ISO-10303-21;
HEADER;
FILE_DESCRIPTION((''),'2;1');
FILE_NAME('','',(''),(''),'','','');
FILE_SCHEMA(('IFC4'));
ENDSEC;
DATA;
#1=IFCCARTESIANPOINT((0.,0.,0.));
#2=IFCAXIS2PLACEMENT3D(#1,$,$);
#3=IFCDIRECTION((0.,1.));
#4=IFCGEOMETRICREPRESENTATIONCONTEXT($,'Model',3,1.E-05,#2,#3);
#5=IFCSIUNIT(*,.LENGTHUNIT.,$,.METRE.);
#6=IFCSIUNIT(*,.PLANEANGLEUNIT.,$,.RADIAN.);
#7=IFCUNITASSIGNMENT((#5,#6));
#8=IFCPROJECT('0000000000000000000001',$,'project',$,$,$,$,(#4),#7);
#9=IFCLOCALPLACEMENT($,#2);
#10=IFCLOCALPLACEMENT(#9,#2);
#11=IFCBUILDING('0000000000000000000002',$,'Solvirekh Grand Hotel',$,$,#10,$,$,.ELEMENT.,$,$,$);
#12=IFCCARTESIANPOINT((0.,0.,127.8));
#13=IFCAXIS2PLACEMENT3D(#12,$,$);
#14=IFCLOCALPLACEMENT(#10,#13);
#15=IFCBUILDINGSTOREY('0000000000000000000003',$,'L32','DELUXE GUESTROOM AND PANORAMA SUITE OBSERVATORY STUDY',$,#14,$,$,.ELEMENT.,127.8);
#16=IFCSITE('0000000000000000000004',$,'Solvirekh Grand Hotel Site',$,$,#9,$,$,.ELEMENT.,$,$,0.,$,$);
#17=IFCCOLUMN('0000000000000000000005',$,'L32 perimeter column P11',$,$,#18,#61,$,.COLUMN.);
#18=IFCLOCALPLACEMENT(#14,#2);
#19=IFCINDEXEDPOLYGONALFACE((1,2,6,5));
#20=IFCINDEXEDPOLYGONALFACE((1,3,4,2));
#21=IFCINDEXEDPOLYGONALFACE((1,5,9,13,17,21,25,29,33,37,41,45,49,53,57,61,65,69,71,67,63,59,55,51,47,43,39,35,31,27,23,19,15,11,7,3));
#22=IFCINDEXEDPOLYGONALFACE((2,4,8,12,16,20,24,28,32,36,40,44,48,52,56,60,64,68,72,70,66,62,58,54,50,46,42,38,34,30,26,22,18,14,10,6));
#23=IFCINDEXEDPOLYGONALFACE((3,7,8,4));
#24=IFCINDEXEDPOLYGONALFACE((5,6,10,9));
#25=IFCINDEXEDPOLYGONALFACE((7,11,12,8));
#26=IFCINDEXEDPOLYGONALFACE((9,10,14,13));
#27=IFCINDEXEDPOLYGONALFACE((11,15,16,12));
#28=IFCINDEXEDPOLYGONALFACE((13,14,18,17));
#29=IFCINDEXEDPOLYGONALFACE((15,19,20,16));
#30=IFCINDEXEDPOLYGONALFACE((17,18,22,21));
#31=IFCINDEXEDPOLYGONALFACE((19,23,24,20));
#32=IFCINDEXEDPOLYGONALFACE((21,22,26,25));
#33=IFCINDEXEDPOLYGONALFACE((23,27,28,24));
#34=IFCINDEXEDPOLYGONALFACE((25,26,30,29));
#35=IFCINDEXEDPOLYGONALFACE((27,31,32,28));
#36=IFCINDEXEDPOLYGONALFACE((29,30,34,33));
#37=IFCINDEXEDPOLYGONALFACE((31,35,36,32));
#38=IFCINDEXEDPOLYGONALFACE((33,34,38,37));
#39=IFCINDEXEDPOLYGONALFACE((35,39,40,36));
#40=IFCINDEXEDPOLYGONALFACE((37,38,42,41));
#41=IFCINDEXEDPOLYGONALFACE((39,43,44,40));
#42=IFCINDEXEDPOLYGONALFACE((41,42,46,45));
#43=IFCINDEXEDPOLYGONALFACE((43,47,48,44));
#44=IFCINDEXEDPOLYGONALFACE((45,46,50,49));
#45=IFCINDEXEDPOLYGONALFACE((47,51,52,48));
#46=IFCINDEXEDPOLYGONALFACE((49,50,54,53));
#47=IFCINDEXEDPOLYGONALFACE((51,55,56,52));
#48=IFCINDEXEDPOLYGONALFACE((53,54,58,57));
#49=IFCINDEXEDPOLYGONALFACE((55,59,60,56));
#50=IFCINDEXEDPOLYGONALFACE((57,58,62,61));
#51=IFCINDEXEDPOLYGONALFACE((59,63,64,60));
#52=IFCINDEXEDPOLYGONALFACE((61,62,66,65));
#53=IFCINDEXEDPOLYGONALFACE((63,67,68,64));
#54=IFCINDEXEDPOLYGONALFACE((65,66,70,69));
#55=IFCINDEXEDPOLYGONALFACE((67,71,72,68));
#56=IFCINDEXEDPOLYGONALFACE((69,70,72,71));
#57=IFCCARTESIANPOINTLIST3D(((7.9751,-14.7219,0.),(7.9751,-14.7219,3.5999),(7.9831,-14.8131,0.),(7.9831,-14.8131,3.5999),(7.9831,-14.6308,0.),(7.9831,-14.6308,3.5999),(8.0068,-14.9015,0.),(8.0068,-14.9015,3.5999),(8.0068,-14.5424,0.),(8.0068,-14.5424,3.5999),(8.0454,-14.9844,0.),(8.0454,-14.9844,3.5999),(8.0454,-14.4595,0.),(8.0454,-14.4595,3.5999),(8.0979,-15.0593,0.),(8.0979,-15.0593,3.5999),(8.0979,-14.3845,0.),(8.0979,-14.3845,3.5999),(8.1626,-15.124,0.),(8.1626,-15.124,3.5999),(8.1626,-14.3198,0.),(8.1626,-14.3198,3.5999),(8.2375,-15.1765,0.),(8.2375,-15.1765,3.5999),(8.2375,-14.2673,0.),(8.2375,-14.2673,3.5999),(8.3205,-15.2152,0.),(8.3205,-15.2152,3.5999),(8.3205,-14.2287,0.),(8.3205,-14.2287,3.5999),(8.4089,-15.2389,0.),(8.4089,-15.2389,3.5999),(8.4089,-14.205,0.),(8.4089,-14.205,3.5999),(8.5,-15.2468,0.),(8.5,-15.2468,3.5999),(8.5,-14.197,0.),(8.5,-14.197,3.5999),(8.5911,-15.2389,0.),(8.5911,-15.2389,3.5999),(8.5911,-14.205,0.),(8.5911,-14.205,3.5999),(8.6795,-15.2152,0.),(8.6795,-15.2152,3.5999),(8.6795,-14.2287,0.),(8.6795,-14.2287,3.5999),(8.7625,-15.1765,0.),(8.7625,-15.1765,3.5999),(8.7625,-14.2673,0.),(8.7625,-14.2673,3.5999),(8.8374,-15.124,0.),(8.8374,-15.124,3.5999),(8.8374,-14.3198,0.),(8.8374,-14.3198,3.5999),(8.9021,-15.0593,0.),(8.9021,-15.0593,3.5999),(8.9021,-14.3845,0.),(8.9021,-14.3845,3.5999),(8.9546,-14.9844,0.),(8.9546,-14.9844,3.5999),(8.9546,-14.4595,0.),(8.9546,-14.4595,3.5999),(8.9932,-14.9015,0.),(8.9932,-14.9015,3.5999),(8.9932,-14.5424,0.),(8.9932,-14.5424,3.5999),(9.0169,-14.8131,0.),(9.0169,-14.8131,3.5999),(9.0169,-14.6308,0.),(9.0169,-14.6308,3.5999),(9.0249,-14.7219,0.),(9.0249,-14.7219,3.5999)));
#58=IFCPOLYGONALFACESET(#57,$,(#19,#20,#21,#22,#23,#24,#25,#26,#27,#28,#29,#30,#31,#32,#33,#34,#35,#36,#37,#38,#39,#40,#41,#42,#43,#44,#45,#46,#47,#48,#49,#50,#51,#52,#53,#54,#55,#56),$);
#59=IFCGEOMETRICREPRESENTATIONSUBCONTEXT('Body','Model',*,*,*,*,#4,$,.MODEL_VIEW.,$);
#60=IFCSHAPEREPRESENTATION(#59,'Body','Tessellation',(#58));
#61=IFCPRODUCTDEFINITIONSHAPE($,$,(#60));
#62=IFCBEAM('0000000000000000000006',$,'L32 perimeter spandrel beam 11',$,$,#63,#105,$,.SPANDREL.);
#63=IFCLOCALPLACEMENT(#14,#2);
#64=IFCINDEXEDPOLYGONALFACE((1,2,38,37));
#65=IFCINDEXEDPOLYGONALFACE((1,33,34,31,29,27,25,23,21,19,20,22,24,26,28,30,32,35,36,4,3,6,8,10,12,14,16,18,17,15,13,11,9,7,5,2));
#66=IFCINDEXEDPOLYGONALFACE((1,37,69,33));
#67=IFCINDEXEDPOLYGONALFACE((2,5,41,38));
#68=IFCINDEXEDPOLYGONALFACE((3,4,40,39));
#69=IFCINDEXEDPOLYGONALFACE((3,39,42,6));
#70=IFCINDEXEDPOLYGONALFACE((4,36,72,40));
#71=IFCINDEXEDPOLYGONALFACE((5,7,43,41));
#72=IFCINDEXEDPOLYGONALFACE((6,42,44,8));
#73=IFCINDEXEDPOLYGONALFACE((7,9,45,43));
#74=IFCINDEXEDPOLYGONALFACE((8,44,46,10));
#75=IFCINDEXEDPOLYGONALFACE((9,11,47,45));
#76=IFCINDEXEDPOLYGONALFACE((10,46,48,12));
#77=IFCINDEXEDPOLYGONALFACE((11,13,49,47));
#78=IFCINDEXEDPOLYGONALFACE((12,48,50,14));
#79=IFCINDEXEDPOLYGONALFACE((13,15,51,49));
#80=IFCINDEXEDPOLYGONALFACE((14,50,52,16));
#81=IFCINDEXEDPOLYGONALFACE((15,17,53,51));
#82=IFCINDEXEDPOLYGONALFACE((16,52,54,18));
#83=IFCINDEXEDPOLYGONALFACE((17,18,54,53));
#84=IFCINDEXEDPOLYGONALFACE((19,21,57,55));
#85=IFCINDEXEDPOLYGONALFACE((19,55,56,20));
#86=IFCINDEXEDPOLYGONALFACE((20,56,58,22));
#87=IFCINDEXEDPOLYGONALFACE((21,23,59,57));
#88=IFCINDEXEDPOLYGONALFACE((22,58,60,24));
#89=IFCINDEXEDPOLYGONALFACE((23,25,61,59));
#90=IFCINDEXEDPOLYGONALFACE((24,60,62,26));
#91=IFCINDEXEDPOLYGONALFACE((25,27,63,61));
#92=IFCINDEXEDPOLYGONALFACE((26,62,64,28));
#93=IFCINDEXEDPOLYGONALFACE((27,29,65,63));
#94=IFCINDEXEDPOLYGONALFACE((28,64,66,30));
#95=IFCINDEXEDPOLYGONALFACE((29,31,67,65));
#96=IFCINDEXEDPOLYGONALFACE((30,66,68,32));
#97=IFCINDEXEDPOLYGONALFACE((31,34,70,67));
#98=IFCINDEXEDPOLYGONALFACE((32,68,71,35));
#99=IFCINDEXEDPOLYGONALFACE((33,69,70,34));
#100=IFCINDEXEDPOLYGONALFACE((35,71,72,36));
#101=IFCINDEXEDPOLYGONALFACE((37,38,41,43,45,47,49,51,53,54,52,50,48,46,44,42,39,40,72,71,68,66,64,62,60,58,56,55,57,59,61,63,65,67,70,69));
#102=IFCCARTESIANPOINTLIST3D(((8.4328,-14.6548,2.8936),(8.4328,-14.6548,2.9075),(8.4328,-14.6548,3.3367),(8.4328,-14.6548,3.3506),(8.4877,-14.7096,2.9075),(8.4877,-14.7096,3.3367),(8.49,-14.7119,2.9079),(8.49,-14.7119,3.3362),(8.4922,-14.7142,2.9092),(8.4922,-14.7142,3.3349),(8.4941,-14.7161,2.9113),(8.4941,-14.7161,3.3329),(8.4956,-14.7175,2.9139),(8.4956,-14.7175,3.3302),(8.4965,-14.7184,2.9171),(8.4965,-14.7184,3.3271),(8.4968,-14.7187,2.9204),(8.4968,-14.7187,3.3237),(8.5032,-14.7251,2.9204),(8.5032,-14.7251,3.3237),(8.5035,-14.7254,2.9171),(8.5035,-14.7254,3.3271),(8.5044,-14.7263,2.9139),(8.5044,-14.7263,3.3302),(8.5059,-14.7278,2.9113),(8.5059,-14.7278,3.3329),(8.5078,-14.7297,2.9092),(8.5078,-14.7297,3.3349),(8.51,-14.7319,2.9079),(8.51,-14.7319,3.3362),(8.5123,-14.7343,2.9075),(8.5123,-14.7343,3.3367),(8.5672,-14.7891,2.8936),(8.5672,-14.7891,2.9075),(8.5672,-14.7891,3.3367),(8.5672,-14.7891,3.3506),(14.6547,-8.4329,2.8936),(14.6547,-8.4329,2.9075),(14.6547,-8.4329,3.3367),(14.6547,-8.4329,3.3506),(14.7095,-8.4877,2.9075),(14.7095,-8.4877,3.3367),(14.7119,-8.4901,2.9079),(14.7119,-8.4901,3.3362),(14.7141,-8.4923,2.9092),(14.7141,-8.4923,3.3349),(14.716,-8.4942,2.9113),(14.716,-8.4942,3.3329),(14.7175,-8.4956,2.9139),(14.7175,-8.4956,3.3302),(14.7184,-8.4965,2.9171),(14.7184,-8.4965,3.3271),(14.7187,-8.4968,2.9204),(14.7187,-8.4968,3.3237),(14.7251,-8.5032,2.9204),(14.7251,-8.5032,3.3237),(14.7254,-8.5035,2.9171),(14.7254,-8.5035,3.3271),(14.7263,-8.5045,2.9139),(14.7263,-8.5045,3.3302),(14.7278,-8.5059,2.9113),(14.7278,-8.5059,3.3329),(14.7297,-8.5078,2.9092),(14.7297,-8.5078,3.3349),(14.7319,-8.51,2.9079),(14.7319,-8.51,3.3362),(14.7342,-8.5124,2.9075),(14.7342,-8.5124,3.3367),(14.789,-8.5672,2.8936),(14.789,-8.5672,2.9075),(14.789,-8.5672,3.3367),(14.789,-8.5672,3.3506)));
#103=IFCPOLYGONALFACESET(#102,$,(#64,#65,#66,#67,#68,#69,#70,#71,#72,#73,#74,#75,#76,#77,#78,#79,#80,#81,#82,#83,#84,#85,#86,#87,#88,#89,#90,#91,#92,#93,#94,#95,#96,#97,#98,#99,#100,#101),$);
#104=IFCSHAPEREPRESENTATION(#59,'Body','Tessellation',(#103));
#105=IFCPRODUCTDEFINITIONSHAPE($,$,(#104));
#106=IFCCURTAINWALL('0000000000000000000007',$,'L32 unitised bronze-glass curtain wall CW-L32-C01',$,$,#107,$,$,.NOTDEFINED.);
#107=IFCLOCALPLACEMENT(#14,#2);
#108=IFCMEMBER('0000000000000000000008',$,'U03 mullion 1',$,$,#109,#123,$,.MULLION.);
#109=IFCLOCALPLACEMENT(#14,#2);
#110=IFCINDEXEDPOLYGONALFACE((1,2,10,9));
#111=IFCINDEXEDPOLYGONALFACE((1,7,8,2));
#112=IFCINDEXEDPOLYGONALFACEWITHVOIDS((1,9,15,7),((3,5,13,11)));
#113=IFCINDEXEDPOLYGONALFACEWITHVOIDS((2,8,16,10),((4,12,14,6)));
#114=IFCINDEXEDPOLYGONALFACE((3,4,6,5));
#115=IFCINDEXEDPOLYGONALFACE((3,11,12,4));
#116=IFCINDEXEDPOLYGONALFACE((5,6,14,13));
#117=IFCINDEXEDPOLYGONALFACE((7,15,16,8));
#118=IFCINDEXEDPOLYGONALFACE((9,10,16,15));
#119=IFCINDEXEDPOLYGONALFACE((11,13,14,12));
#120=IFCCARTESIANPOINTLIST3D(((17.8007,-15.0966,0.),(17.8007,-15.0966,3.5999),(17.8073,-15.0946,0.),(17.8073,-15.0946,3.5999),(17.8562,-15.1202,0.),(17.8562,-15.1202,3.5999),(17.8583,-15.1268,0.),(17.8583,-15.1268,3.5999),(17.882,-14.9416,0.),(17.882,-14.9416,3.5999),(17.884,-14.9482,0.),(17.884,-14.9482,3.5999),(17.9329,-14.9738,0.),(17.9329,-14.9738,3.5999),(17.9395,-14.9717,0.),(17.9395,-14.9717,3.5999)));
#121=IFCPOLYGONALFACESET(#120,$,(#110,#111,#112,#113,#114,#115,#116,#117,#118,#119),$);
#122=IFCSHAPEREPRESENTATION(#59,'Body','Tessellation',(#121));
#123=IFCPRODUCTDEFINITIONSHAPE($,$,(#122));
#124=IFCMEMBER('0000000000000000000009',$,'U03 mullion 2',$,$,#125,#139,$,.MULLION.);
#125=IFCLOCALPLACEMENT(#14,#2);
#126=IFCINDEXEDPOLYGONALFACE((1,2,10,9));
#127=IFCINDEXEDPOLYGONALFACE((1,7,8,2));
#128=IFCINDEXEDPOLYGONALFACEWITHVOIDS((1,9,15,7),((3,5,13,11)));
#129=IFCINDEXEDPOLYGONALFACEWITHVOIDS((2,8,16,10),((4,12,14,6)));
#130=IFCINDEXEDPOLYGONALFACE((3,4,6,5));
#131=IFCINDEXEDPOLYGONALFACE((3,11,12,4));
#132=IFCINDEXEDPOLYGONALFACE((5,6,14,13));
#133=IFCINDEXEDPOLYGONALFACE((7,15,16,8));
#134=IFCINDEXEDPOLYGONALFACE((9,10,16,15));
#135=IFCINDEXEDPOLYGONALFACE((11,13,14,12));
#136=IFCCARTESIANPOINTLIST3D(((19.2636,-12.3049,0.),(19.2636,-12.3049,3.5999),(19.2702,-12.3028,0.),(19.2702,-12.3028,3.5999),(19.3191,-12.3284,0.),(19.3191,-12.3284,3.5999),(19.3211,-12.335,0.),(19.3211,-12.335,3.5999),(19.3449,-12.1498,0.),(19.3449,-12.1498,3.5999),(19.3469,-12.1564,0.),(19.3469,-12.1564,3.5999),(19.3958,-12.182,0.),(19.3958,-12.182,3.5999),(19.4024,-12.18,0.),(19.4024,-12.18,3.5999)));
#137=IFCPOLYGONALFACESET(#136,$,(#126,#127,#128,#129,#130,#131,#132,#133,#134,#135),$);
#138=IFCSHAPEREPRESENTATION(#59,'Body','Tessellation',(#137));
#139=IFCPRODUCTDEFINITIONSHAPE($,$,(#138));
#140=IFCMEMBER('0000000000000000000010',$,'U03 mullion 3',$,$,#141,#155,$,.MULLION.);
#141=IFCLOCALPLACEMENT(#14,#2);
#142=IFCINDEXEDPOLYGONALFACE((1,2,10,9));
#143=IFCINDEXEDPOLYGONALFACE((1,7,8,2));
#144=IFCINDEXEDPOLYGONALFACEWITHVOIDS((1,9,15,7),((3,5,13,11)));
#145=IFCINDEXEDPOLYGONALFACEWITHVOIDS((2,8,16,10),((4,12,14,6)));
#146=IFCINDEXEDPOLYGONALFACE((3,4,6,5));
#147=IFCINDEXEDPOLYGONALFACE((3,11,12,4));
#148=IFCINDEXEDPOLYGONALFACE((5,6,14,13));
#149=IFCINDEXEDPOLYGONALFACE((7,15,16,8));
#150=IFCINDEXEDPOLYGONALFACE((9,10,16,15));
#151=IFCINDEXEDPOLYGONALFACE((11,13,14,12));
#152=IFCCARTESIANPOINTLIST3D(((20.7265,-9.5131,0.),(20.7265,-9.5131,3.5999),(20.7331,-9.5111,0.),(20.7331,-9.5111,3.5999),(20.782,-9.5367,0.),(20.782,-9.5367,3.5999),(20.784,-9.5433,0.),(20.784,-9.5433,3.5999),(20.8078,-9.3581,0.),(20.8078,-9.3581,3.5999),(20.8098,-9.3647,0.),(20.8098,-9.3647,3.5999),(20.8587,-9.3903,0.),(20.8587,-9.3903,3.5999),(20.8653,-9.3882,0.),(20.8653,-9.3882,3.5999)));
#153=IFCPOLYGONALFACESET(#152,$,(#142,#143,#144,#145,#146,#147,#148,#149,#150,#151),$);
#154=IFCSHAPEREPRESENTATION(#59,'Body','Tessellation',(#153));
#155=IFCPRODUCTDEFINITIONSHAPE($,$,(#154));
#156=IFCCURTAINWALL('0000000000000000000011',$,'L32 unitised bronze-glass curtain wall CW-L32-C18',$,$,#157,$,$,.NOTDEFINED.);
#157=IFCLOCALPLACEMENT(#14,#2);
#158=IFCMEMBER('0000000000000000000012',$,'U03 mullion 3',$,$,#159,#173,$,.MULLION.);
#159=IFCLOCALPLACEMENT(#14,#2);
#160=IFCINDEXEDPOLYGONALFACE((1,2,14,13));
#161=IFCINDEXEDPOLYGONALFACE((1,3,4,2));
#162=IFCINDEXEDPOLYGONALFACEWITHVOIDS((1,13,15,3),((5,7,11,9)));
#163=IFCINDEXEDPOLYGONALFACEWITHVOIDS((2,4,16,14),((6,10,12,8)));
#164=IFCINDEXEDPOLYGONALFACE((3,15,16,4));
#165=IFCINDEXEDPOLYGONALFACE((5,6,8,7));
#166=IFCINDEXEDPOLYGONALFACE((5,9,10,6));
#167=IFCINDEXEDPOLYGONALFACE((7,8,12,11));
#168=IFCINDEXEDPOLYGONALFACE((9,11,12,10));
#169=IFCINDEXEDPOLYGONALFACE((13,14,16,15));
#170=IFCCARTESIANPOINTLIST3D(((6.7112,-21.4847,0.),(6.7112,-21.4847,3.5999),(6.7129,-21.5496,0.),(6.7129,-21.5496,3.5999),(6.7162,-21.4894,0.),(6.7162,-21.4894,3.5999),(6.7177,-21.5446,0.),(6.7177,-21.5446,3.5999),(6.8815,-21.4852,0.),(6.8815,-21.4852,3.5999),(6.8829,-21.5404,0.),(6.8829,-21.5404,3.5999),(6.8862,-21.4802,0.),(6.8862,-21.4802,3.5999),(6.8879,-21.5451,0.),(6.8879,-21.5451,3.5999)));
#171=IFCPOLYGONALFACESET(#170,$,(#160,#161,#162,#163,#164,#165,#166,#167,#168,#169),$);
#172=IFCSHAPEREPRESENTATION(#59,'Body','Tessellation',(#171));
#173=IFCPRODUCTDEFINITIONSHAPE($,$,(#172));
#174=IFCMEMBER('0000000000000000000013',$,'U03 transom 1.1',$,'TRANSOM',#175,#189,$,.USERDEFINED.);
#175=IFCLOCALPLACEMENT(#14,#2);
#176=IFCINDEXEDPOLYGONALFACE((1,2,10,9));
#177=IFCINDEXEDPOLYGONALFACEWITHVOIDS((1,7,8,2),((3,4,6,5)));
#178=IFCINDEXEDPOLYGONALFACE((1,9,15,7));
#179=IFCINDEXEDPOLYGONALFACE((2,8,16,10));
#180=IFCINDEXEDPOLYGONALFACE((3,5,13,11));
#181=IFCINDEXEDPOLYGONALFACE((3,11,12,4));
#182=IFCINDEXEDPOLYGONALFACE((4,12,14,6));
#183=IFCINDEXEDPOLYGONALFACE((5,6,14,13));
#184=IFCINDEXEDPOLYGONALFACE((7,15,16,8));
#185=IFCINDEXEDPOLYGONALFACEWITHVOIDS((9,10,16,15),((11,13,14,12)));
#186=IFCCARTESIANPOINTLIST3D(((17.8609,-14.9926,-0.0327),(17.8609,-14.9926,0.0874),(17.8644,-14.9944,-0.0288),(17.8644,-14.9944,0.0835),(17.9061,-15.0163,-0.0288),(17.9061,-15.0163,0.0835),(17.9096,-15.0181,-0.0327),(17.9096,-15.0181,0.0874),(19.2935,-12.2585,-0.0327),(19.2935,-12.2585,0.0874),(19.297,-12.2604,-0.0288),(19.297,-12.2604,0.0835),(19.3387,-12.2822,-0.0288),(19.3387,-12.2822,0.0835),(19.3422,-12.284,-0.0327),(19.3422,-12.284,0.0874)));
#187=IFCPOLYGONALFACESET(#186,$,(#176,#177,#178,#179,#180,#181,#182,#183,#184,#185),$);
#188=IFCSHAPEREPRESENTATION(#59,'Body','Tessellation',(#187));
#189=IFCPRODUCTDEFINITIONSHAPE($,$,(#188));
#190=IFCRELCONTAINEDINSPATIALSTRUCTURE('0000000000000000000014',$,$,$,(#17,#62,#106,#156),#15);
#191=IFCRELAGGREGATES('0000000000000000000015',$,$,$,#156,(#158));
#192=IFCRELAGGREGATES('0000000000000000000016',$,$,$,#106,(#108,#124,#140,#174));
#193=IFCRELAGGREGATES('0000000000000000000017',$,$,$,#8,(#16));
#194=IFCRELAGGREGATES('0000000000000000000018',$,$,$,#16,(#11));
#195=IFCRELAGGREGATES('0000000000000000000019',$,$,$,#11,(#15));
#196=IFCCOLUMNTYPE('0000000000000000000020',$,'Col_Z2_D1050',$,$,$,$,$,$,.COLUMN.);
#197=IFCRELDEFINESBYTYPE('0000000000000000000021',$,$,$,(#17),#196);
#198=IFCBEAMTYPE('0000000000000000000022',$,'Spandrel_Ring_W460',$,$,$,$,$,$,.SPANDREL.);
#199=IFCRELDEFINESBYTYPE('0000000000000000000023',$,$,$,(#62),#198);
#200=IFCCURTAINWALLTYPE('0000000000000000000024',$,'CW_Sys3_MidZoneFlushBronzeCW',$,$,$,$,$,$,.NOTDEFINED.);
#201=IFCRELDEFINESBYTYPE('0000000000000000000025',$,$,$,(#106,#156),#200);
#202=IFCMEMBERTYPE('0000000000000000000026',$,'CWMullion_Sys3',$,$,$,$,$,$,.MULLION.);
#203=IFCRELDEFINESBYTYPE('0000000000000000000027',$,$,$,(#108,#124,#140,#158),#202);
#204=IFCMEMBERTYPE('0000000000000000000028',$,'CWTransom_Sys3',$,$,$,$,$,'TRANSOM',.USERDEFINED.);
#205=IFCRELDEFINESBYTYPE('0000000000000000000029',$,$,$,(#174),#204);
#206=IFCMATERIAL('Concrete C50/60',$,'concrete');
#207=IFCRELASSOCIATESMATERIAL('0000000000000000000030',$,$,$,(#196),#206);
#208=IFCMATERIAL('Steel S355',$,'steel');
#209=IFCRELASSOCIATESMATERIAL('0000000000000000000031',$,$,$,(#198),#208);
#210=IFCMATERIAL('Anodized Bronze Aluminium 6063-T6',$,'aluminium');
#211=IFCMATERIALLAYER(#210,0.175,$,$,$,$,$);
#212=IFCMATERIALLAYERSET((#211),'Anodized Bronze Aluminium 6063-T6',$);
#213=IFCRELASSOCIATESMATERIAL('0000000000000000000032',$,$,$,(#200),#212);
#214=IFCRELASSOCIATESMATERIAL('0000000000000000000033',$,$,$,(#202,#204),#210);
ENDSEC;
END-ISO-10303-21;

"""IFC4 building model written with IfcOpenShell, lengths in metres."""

from ifc_helpers import new_model, si_unit, direction, frame, origin, origin_2d, place, context, subcontext, project, spatial, hollow_rectangle, circle, i_section, extrude, source, transform, mapped, material, layer, layer_set, material_profile, profile_set, type_object, element, aggregate, save


model = new_model("IFC4")

# Units and contexts
model_context = context("Model", 3, precision=1e-05, world=origin(), true_north=direction((0.0, 1.0)))
body_context = subcontext(model_context, "Body", "Model", "MODEL_VIEW")
ifc_project = project(units=[si_unit("LENGTHUNIT", "METRE"), si_unit("PLANEANGLEUNIT", "RADIAN")], contexts=[model_context])

# Site, building, storey
site_placement = place(None, origin())
site = spatial("IfcSite", under=ifc_project, at=site_placement, Name="Solvirekh Grand Hotel Site", CompositionType="ELEMENT", RefElevation=0.0)
building_placement = place(site_placement, origin())
building = spatial("IfcBuilding", under=site, at=building_placement, Name="Solvirekh Grand Hotel", CompositionType="ELEMENT")
storey_placement = place(building_placement, frame((0.0, 0.0, 127.8)))
storey = spatial("IfcBuildingStorey", under=building, at=storey_placement, Name="L32", Description="DELUXE GUESTROOM AND PANORAMA SUITE OBSERVATORY STUDY", CompositionType="ELEMENT", Elevation=127.8)

# Column
ifc_material_1 = material(Name="Concrete C50/60", Category="concrete")
ifc_material_profile_1 = material_profile(ifc_material_1, circle(Radius=0.5249, at=origin_2d()), Name="RC CIRC D1050")
ifc_profile_set_1 = profile_set([ifc_material_profile_1], Name="Concrete C50/60")
column_type = type_object("IfcColumnType", Name="Col_Z2_D1050", PredefinedType="COLUMN", material=ifc_profile_set_1)
column_placement = place(storey_placement, frame((8.5, -14.7219, 0.0), z_axis=(0.0, 0.0, 1.0), x_axis=(1.0, 0.0, 0.0)))
element("IfcColumn", 1, at=column_placement, inside=storey, type_object=column_type, Name="L32 perimeter column P11", PredefinedType="COLUMN", context=body_context, shape_type="SweptSolid", body=[
    extrude(circle(Radius=0.5249, at=origin_2d()), origin(), (0.0, 0.0, 1.0), 3.5999),
])

# Beam
ifc_material_2 = material(Name="Steel S355", Category="steel")
ifc_material_profile_2 = material_profile(ifc_material_2, i_section(OverallWidth=0.1899, OverallDepth=0.457, WebThickness=0.009, FlangeThickness=0.0139, FilletRadius=0.0129, at=origin_2d()), Name="W460X74")
ifc_profile_set_2 = profile_set([ifc_material_profile_2], Name="Steel S355")
beam_type = type_object("IfcBeamType", Name="Spandrel_Ring_W460", PredefinedType="SPANDREL", material=ifc_profile_set_2)
beam_placement = place(storey_placement, frame((8.5, -14.7219, 3.1221), z_axis=(0.707107, 0.707107, 0.0), x_axis=(-0.707107, 0.707107, 0.0)))
element("IfcBeam", 2, at=beam_placement, inside=storey, type_object=beam_type, Name="L32 perimeter spandrel beam 11", PredefinedType="SPANDREL", context=body_context, shape_type="SweptSolid", body=[
    extrude(i_section(OverallWidth=0.1899, OverallDepth=0.457, WebThickness=0.009, FlangeThickness=0.0139, FilletRadius=0.0129, at=origin_2d()), origin(), (0.0, 0.0, 1.0), 8.7991),
])

# Curtain wall, members
ifc_material_3 = material(Name="Anodized Bronze Aluminium 6063-T6", Category="aluminium")
ifc_layer_1 = layer(ifc_material_3, 0.175)
ifc_layer_set_1 = layer_set([ifc_layer_1], Name="Anodized Bronze Aluminium 6063-T6")
curtain_wall_type = type_object("IfcCurtainWallType", Name="CW_Sys3_MidZoneFlushBronzeCW", PredefinedType="NOTDEFINED", material=ifc_layer_set_1)
curtain_wall_1_placement = place(storey_placement, origin())
curtain_wall_1 = element("IfcCurtainWall", 3, at=curtain_wall_1_placement, inside=storey, type_object=curtain_wall_type, Name="L32 unitised bronze-glass curtain wall CW-L32-C01", PredefinedType="NOTDEFINED")
ifc_material_profile_3 = material_profile(ifc_material_3, hollow_rectangle(XDim=0.0649, YDim=0.175, WallThickness=0.0049, at=origin_2d()), Name="ALU RHS 175X65X5")
ifc_profile_set_3 = profile_set([ifc_material_profile_3], Name="Anodized Bronze Aluminium 6063-T6")
member_type_1 = type_object("IfcMemberType", Name="CWMullion_Sys3", PredefinedType="MULLION", material=ifc_profile_set_3)
shared_shape_1 = source(origin(), body_context, "Body", "SweptSolid", [
    extrude(hollow_rectangle(XDim=0.0649, YDim=0.175, WallThickness=0.0049, at=origin_2d()), origin(), (0.0, 0.0, 1.0), 3.5999),
])
member_1_placement = place(storey_placement, frame((17.8701, -15.0342, 0.0), z_axis=(0.0, 0.0, 1.0), x_axis=(-0.885755, 0.464154, 0.0)))
member_1 = element("IfcMember", 4, at=member_1_placement, type_object=member_type_1, Name="U03 mullion 1", PredefinedType="MULLION", context=body_context, shape_type="MappedRepresentation", body=[
    mapped(shared_shape_1, transform((0.0, 0.0, 0.0), x_axis=(1.0, 0.0, 0.0), y_axis=(0.0, 1.0, 0.0), z_axis=(0.0, 0.0, 1.0), scale=1.0)),
])
member_2_placement = place(storey_placement, frame((19.333, -12.2424, 0.0), z_axis=(0.0, 0.0, 1.0), x_axis=(-0.885755, 0.464154, 0.0)))
member_2 = element("IfcMember", 5, at=member_2_placement, type_object=member_type_1, Name="U03 mullion 2", PredefinedType="MULLION", context=body_context, shape_type="MappedRepresentation", body=[
    mapped(shared_shape_1, transform((0.0, 0.0, 0.0), x_axis=(1.0, 0.0, 0.0), y_axis=(0.0, 1.0, 0.0), z_axis=(0.0, 0.0, 1.0), scale=1.0)),
])
member_3_placement = place(storey_placement, frame((20.7959, -9.4507, 0.0), z_axis=(0.0, 0.0, 1.0), x_axis=(-0.885755, 0.464154, 0.0)))
member_3 = element("IfcMember", 6, at=member_3_placement, type_object=member_type_1, Name="U03 mullion 3", PredefinedType="MULLION", context=body_context, shape_type="MappedRepresentation", body=[
    mapped(shared_shape_1, transform((0.0, 0.0, 0.0), x_axis=(1.0, 0.0, 0.0), y_axis=(0.0, 1.0, 0.0), z_axis=(0.0, 0.0, 1.0), scale=1.0)),
])

# Curtain wall, member
curtain_wall_2_placement = place(storey_placement, origin())
curtain_wall_2 = element("IfcCurtainWall", 7, at=curtain_wall_2_placement, inside=storey, type_object=curtain_wall_type, Name="L32 unitised bronze-glass curtain wall CW-L32-C18", PredefinedType="NOTDEFINED")
member_4_placement = place(storey_placement, frame((6.7996, -21.5149, 0.0), z_axis=(0.0, 0.0, 1.0), x_axis=(-0.025611, 0.999672, 0.0)))
member_4 = element("IfcMember", 8, at=member_4_placement, type_object=member_type_1, Name="U03 mullion 3", PredefinedType="MULLION", context=body_context, shape_type="MappedRepresentation", body=[
    mapped(shared_shape_1, transform((0.0, 0.0, 0.0), x_axis=(1.0, 0.0, 0.0), y_axis=(0.0, 1.0, 0.0), z_axis=(0.0, 0.0, 1.0), scale=1.0)),
])
aggregate(curtain_wall_2, [member_4])

# Member
ifc_material_profile_4 = material_profile(ifc_material_3, hollow_rectangle(XDim=0.0549, YDim=0.1201, WallThickness=0.0039, at=origin_2d()), Name="ALU RHS 120X55X4")
ifc_profile_set_4 = profile_set([ifc_material_profile_4], Name="Anodized Bronze Aluminium 6063-T6")
member_type_2 = type_object("IfcMemberType", Name="CWTransom_Sys3", ElementType="TRANSOM", PredefinedType="USERDEFINED", material=ifc_profile_set_4)
shared_shape_2 = source(origin(), body_context, "Body", "SweptSolid", [
    extrude(hollow_rectangle(XDim=0.0549, YDim=0.1201, WallThickness=0.0039, at=origin_2d()), origin(), (0.0, 0.0, 1.0), 3.0867),
])
member_5_placement = place(storey_placement, frame((17.8853, -15.0054, 0.0273), z_axis=(0.464122, 0.885771, 0.0), x_axis=(-0.885771, 0.464122, 0.0)))
member_5 = element("IfcMember", 9, at=member_5_placement, type_object=member_type_2, Name="U03 transom 1.1", ObjectType="TRANSOM", PredefinedType="USERDEFINED", context=body_context, shape_type="MappedRepresentation", body=[
    mapped(shared_shape_2, transform((0.0, 0.0, 0.0), x_axis=(1.0, 0.0, 0.0), y_axis=(0.0, 1.0, 0.0), z_axis=(0.0, 0.0, 1.0), scale=1.0)),
])

aggregate(curtain_wall_1, [member_1, member_2, member_3, member_5])

save(model, "model.ifc")
